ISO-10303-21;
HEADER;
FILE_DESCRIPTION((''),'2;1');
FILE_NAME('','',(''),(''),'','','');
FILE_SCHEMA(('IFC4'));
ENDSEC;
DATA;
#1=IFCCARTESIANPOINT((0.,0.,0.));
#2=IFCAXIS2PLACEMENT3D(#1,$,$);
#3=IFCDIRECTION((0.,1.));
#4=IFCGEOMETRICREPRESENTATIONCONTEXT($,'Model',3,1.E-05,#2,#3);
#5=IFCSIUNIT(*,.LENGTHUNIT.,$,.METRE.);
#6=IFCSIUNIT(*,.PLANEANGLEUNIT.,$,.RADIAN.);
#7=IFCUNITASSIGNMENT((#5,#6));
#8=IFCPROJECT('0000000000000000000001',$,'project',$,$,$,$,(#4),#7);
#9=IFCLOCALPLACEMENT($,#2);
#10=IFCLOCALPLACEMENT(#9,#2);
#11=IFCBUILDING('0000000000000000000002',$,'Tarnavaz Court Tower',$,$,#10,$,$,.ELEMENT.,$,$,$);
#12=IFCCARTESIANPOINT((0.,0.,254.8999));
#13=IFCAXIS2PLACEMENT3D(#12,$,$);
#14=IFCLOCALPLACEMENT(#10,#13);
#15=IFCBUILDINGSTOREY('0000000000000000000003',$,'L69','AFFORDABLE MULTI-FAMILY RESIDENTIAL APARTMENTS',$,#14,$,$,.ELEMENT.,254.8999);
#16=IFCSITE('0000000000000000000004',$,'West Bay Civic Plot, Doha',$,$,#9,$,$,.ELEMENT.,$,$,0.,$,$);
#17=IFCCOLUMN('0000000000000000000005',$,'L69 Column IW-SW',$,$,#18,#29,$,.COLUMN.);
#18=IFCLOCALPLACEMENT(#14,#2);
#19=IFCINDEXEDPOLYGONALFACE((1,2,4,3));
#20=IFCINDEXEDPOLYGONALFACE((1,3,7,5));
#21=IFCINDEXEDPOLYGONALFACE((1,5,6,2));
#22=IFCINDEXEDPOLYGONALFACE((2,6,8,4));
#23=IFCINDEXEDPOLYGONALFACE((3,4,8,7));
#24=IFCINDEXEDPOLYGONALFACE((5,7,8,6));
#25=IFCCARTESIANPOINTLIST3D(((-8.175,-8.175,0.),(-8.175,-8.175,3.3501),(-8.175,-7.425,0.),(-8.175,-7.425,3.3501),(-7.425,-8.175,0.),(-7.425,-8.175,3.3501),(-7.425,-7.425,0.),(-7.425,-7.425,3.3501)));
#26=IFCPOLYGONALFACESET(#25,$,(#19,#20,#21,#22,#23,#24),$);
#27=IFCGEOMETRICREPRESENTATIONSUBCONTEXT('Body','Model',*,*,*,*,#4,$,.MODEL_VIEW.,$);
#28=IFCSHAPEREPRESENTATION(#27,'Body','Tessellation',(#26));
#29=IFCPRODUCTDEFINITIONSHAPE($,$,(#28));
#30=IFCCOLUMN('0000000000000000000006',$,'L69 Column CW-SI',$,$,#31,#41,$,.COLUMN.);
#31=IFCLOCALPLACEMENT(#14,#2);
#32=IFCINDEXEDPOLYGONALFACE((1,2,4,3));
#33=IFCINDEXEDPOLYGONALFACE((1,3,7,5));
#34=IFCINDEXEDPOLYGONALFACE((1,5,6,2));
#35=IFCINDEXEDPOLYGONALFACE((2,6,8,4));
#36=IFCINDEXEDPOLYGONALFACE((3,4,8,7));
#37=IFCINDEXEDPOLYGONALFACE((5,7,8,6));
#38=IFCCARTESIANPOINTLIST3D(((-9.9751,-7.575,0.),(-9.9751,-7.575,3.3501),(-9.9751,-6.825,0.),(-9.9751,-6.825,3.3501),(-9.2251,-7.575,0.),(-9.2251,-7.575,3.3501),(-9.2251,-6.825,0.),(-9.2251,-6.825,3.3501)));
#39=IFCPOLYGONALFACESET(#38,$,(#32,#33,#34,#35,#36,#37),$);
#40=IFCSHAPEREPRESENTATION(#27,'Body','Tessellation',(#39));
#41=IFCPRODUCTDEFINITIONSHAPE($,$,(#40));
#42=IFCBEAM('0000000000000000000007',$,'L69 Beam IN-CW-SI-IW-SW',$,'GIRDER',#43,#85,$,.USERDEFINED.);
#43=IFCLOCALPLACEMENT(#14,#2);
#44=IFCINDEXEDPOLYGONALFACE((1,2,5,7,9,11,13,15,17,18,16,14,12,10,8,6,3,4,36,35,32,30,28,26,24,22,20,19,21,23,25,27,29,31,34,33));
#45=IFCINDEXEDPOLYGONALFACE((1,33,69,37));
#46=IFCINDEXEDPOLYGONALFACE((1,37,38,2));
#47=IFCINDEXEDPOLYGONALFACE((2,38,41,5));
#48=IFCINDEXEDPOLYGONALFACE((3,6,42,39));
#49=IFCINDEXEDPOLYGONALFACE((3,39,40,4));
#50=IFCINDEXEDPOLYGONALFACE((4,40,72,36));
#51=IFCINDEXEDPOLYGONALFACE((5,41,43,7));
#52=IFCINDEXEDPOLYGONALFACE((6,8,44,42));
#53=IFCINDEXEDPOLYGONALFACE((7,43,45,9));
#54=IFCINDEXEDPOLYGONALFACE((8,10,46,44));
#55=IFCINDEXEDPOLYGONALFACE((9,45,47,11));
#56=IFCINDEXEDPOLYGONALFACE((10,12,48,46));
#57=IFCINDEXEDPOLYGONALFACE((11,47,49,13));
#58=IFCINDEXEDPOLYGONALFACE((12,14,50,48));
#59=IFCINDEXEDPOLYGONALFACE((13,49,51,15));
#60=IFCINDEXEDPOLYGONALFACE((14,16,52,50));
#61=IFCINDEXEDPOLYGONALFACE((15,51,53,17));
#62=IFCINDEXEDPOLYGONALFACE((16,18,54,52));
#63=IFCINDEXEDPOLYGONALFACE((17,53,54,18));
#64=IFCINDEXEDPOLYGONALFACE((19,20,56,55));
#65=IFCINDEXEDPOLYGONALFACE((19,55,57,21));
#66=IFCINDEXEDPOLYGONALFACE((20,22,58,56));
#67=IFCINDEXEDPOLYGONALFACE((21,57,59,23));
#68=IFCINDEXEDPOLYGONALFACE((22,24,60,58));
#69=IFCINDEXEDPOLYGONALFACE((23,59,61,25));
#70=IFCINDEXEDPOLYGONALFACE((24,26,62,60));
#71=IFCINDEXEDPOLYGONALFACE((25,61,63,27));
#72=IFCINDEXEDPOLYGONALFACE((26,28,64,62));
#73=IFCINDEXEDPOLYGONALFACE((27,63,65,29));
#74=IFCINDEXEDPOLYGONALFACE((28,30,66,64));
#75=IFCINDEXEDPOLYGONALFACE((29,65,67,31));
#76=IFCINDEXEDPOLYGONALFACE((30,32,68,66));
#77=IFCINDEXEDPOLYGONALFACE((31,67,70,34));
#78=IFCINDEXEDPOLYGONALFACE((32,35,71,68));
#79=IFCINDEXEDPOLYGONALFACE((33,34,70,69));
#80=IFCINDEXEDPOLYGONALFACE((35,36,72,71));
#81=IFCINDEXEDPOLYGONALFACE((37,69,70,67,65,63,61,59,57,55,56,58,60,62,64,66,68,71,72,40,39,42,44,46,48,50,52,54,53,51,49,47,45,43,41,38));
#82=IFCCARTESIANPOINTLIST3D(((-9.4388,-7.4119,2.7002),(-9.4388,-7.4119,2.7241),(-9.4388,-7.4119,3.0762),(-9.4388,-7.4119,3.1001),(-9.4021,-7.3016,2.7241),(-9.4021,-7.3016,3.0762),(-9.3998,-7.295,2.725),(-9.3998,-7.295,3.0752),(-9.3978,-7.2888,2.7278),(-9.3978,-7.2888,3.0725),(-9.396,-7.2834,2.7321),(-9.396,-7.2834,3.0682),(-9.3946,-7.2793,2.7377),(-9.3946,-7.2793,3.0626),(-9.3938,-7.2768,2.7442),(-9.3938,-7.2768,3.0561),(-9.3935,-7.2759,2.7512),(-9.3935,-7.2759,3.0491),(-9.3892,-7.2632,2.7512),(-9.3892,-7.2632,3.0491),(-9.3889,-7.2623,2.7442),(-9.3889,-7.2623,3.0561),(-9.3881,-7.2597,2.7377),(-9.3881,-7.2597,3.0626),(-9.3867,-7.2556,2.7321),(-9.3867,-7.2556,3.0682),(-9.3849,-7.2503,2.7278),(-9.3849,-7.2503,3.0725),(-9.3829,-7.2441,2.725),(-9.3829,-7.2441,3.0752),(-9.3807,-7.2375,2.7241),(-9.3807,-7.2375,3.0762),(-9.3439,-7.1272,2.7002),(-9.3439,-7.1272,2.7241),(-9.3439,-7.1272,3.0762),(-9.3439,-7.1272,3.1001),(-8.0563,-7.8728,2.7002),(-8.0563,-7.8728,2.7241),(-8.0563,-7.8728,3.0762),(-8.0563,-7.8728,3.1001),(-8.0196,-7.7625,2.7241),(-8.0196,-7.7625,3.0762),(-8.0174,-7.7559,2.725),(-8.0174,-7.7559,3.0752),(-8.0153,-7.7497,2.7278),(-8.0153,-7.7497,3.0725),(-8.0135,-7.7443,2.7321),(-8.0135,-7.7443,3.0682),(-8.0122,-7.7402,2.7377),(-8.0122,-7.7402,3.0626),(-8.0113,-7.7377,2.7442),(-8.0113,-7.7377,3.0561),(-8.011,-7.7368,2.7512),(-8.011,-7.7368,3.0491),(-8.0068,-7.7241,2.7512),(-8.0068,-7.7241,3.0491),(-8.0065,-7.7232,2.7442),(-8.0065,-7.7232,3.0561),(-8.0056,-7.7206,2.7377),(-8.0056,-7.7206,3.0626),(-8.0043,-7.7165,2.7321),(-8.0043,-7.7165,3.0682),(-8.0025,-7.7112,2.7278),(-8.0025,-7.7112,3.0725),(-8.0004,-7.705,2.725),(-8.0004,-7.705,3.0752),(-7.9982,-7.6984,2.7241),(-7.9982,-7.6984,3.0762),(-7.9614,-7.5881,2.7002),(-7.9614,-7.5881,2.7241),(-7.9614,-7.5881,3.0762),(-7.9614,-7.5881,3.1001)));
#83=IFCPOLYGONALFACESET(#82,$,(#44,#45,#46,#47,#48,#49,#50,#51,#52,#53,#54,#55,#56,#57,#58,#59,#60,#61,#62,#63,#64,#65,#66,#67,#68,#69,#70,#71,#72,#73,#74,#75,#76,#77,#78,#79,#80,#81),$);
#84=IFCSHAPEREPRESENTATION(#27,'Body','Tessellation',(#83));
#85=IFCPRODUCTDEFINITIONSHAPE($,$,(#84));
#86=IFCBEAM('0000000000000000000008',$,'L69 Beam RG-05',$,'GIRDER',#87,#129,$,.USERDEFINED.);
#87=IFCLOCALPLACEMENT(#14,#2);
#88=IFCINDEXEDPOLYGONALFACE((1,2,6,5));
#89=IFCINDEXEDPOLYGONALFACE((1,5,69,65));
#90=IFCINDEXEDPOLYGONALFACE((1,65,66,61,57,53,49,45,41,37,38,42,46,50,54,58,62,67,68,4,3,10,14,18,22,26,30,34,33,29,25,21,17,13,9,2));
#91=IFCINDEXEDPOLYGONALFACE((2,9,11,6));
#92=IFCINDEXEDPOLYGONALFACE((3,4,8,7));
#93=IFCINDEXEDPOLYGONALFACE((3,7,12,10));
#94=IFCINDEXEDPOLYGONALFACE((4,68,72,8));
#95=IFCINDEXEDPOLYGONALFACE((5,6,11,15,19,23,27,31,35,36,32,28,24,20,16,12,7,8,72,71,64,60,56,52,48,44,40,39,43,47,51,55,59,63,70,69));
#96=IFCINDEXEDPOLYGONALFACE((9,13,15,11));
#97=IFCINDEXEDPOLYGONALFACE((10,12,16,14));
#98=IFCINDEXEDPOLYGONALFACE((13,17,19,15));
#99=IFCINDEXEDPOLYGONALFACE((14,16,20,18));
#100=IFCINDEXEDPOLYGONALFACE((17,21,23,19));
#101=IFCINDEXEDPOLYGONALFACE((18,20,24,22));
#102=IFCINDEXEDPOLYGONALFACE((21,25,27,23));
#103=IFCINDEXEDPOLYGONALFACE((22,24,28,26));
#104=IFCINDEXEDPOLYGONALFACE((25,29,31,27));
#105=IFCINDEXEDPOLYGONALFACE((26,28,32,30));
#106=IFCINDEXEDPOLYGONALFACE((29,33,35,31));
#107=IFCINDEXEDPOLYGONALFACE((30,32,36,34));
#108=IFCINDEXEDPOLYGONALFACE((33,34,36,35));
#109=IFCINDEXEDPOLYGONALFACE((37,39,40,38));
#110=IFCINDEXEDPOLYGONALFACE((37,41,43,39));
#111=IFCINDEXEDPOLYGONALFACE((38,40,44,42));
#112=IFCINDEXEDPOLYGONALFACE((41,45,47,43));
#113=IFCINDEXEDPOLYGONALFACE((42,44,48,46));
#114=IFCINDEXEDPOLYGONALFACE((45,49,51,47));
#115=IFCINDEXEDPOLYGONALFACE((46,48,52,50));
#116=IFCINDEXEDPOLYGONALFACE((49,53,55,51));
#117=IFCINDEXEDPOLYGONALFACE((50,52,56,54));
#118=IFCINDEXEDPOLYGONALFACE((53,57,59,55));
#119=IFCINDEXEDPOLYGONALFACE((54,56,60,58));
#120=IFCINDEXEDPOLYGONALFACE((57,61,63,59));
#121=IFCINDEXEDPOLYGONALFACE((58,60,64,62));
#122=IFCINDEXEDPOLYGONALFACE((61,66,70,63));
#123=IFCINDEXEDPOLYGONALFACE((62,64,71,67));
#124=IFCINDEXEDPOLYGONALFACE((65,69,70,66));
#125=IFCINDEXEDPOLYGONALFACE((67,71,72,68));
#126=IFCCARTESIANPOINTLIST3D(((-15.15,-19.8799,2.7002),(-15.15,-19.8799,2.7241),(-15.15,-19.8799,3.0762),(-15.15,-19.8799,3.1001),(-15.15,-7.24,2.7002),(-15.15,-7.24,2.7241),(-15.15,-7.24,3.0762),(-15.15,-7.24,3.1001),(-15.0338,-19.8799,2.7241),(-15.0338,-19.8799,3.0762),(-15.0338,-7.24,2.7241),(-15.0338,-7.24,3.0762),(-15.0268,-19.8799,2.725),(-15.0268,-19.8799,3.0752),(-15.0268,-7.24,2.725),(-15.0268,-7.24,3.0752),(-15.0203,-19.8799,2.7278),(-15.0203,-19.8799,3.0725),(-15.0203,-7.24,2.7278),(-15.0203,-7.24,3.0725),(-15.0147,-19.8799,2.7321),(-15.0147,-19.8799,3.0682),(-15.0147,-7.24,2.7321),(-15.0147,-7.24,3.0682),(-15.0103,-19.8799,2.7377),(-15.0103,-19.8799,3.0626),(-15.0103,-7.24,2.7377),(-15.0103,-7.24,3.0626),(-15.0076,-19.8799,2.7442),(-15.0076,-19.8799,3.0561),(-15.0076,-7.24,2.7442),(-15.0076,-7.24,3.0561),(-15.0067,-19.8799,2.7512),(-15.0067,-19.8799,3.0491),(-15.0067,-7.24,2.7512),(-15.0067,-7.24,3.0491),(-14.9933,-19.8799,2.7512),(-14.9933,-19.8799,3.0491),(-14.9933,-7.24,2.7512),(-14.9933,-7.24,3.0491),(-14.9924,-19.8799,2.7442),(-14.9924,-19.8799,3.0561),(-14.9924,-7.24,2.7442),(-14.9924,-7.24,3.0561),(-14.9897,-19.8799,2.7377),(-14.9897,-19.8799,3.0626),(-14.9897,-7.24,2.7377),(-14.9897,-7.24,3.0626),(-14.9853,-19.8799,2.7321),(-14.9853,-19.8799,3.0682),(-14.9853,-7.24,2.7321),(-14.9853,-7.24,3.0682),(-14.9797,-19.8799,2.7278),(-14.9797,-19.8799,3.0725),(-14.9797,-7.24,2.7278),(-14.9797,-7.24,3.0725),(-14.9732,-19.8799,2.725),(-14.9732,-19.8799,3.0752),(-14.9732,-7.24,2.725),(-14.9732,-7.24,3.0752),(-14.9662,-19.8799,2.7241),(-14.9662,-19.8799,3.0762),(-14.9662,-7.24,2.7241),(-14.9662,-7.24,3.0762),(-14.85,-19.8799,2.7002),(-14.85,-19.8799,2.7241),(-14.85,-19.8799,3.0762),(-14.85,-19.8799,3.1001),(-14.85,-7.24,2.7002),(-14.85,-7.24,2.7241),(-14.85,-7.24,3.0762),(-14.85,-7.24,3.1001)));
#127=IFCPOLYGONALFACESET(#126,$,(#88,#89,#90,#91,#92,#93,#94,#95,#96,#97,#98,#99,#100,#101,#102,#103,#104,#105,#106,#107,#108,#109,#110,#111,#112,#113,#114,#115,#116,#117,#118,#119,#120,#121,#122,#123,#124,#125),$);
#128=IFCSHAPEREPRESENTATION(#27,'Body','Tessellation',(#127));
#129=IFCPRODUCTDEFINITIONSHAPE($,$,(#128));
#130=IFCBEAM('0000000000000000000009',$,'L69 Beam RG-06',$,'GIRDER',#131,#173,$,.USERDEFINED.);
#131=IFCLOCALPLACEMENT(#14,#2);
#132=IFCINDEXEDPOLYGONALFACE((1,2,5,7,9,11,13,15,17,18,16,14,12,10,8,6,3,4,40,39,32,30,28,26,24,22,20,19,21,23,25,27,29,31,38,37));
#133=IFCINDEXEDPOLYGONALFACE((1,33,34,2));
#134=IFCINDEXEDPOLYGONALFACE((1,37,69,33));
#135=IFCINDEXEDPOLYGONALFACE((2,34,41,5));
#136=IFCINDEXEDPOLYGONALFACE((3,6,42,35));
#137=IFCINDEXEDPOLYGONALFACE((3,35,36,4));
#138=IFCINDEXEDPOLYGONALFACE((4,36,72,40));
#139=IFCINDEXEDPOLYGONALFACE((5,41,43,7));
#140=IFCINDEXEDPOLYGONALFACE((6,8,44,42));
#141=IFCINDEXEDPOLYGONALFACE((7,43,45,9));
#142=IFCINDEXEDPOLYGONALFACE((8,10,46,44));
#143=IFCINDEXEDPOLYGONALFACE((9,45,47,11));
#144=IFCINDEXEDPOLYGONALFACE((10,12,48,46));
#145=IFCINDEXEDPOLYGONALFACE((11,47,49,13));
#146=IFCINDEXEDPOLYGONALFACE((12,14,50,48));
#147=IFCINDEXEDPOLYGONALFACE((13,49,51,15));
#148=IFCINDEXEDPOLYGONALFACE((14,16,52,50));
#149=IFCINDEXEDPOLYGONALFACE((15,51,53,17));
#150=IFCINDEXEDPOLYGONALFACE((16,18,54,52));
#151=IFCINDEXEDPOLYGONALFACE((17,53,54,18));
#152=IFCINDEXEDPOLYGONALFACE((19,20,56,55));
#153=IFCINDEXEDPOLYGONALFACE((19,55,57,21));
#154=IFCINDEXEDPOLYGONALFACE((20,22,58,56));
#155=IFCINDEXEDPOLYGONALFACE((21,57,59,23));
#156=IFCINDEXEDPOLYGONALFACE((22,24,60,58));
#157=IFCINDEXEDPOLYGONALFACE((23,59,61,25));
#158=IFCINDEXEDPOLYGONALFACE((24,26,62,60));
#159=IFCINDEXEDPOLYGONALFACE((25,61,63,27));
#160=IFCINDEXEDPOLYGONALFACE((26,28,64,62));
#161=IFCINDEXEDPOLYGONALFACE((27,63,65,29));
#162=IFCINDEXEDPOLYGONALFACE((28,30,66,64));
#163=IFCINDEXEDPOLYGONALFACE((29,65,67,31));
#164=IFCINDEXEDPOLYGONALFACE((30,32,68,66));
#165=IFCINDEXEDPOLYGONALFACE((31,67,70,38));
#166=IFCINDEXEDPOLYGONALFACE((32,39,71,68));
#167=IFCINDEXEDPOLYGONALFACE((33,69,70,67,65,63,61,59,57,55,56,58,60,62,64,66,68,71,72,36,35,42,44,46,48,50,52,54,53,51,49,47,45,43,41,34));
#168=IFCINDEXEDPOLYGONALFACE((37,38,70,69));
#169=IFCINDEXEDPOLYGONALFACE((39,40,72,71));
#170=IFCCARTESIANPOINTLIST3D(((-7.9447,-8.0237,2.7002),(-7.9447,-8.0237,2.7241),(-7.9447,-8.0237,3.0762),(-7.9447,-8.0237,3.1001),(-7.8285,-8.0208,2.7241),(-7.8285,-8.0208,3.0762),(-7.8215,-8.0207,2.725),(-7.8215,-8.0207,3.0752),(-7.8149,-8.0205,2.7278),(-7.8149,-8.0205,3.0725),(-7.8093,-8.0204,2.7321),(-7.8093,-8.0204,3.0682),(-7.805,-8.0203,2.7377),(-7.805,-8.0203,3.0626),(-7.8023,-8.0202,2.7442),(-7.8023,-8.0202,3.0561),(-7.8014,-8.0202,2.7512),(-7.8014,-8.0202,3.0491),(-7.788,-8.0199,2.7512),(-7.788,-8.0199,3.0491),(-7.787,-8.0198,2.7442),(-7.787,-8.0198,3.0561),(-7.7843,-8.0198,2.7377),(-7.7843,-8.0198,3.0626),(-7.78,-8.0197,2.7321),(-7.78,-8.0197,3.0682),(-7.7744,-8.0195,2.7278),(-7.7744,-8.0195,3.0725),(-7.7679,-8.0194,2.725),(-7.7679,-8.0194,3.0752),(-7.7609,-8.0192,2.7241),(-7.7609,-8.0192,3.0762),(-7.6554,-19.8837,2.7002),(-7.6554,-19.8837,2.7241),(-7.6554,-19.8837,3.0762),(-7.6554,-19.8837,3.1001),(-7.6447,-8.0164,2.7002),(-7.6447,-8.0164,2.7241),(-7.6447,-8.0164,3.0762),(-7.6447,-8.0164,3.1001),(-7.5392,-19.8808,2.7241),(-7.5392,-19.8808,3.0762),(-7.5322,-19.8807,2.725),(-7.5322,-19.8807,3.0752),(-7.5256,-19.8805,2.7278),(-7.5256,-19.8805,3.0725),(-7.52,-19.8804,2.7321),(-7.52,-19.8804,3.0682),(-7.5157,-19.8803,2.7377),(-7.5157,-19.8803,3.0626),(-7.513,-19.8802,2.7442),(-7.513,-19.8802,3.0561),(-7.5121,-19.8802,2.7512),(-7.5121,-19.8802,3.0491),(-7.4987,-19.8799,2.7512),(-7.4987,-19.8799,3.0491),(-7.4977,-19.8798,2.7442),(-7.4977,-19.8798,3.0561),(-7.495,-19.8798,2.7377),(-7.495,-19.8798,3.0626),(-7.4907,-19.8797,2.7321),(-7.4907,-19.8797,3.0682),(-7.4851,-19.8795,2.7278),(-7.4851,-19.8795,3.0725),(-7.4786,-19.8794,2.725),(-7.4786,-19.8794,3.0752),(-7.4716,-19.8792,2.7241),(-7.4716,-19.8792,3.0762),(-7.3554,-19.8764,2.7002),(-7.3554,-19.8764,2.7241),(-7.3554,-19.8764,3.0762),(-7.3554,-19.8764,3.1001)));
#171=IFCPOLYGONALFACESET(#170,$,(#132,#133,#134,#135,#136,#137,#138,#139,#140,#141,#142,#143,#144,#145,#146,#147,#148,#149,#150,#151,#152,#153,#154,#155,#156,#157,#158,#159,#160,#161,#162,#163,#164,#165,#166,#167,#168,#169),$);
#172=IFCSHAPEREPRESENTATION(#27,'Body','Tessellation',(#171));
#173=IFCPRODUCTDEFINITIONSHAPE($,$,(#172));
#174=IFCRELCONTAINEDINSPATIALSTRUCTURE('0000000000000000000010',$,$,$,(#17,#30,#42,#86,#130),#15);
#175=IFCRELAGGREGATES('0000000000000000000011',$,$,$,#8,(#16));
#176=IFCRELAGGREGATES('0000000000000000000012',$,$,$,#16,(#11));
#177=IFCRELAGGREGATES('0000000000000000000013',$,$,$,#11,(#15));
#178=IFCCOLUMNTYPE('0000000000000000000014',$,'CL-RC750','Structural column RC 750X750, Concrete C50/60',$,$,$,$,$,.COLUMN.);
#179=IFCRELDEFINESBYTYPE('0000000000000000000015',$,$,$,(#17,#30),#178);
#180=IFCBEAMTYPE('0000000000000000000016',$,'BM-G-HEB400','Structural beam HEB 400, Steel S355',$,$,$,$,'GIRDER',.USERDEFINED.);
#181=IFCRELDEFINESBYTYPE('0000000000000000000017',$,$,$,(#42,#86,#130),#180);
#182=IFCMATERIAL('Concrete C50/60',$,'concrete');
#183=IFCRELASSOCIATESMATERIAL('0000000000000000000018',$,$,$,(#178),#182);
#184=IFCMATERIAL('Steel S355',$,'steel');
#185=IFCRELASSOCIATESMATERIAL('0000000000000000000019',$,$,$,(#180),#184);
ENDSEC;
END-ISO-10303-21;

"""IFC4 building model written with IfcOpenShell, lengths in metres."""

from ifc_helpers import new_model, si_unit, direction, frame, origin, origin_2d, place, context, subcontext, project, spatial, rectangle, i_section, extrude, material, material_profile, profile_set, type_object, element, save


model = new_model("IFC4")

# Units and contexts
model_context = context("Model", 3, precision=1e-05, world=origin(), true_north=direction((0.0, 1.0)))
body_context = subcontext(model_context, "Body", "Model", "MODEL_VIEW")
ifc_project = project(units=[si_unit("LENGTHUNIT", "METRE"), si_unit("PLANEANGLEUNIT", "RADIAN")], contexts=[model_context])

# Site, building, storey
site_placement = place(None, origin())
site = spatial("IfcSite", under=ifc_project, at=site_placement, Name="West Bay Civic Plot, Doha", CompositionType="ELEMENT", RefElevation=0.0)
building_placement = place(site_placement, origin())
building = spatial("IfcBuilding", under=site, at=building_placement, Name="Tarnavaz Court Tower", CompositionType="ELEMENT")
storey_placement = place(building_placement, frame((0.0, 0.0, 254.8999)))
storey = spatial("IfcBuildingStorey", under=building, at=storey_placement, Name="L69", Description="AFFORDABLE MULTI-FAMILY RESIDENTIAL APARTMENTS", CompositionType="ELEMENT", Elevation=254.8999)

# Columns
ifc_material_1 = material(Name="Concrete C50/60", Category="concrete")
ifc_material_profile_1 = material_profile(ifc_material_1, rectangle(XDim=0.75, YDim=0.75, at=origin_2d()), Name="RC 750X750")
ifc_profile_set_1 = profile_set([ifc_material_profile_1], Name="Concrete C50/60")
column_type = type_object("IfcColumnType", Name="CL-RC750", Description="Structural column RC 750X750, Concrete C50/60", PredefinedType="COLUMN", material=ifc_profile_set_1)
for number, where, z_axis, x_axis, name in (
    (1, (-7.8, -7.8, 0.0), (0.0, 0.0, 1.0), (1.0, 0.0, 0.0), "L69 Column IW-SW"),
    (2, (-9.6001, -7.2, 0.0), (0.0, 0.0, 1.0), (1.0, 0.0, 0.0), "L69 Column CW-SI"),
):
    element("IfcColumn", number, at=place(storey_placement, frame(where, z_axis=z_axis, x_axis=x_axis)), inside=storey, type_object=column_type, Name=name, PredefinedType="COLUMN", context=body_context, shape_type="SweptSolid", body=[
        extrude(rectangle(XDim=0.75, YDim=0.75, at=origin_2d()), origin(), (0.0, 0.0, 1.0), 3.3501),
    ])

# Beams
ifc_material_2 = material(Name="Steel S355", Category="steel")
ifc_material_profile_2 = material_profile(ifc_material_2, i_section(OverallWidth=0.3, OverallDepth=0.3999, WebThickness=0.0134, FlangeThickness=0.0239, FilletRadius=0.0271, at=origin_2d()), Name="HEB 400")
ifc_profile_set_2 = profile_set([ifc_material_profile_2], Name="Steel S355")
beam_type_1 = type_object("IfcBeamType", Name="BM-G-HEB400", Description="Structural beam HEB 400, Steel S355", ElementType="GIRDER", PredefinedType="USERDEFINED", material=ifc_profile_set_2)
beam_1_placement = place(storey_placement, frame((-9.3914, -7.2695, 2.9001), z_axis=(0.948667, -0.316278, 0.0), x_axis=(0.316278, 0.948667, 0.0)))
element("IfcBeam", 3, at=beam_1_placement, inside=storey, type_object=beam_type_1, Name="L69 Beam IN-CW-SI-IW-SW", ObjectType="GIRDER", PredefinedType="USERDEFINED", context=body_context, shape_type="SweptSolid", body=[
    extrude(i_section(OverallWidth=0.3, OverallDepth=0.3999, WebThickness=0.0134, FlangeThickness=0.0239, FilletRadius=0.0271, at=origin_2d()), origin(), (0.0, 0.0, 1.0), 1.4573),
])
beam_2_placement = place(storey_placement, frame((-15.0, -7.24, 2.9001), z_axis=(0.0, -1.0, 0.0), x_axis=(1.0, 0.0, 0.0)))
element("IfcBeam", 4, at=beam_2_placement, inside=storey, type_object=beam_type_1, Name="L69 Beam RG-05", ObjectType="GIRDER", PredefinedType="USERDEFINED", context=body_context, shape_type="SweptSolid", body=[
    extrude(i_section(OverallWidth=0.3, OverallDepth=0.3999, WebThickness=0.0134, FlangeThickness=0.0239, FilletRadius=0.0271, at=origin_2d()), origin(), (0.0, 0.0, 1.0), 12.6399),
])
beam_3_placement = place(storey_placement, frame((-7.7947, -8.02, 2.9001), z_axis=(0.024386, -0.999703, 0.0), x_axis=(0.999703, 0.024386, 0.0)))
element("IfcBeam", 5, at=beam_3_placement, inside=storey, type_object=beam_type_1, Name="L69 Beam RG-06", ObjectType="GIRDER", PredefinedType="USERDEFINED", context=body_context, shape_type="SweptSolid", body=[
    extrude(i_section(OverallWidth=0.3, OverallDepth=0.3999, WebThickness=0.0134, FlangeThickness=0.0239, FilletRadius=0.0271, at=origin_2d()), origin(), (0.0, 0.0, 1.0), 11.8635),
])

save(model, "model.ifc")
